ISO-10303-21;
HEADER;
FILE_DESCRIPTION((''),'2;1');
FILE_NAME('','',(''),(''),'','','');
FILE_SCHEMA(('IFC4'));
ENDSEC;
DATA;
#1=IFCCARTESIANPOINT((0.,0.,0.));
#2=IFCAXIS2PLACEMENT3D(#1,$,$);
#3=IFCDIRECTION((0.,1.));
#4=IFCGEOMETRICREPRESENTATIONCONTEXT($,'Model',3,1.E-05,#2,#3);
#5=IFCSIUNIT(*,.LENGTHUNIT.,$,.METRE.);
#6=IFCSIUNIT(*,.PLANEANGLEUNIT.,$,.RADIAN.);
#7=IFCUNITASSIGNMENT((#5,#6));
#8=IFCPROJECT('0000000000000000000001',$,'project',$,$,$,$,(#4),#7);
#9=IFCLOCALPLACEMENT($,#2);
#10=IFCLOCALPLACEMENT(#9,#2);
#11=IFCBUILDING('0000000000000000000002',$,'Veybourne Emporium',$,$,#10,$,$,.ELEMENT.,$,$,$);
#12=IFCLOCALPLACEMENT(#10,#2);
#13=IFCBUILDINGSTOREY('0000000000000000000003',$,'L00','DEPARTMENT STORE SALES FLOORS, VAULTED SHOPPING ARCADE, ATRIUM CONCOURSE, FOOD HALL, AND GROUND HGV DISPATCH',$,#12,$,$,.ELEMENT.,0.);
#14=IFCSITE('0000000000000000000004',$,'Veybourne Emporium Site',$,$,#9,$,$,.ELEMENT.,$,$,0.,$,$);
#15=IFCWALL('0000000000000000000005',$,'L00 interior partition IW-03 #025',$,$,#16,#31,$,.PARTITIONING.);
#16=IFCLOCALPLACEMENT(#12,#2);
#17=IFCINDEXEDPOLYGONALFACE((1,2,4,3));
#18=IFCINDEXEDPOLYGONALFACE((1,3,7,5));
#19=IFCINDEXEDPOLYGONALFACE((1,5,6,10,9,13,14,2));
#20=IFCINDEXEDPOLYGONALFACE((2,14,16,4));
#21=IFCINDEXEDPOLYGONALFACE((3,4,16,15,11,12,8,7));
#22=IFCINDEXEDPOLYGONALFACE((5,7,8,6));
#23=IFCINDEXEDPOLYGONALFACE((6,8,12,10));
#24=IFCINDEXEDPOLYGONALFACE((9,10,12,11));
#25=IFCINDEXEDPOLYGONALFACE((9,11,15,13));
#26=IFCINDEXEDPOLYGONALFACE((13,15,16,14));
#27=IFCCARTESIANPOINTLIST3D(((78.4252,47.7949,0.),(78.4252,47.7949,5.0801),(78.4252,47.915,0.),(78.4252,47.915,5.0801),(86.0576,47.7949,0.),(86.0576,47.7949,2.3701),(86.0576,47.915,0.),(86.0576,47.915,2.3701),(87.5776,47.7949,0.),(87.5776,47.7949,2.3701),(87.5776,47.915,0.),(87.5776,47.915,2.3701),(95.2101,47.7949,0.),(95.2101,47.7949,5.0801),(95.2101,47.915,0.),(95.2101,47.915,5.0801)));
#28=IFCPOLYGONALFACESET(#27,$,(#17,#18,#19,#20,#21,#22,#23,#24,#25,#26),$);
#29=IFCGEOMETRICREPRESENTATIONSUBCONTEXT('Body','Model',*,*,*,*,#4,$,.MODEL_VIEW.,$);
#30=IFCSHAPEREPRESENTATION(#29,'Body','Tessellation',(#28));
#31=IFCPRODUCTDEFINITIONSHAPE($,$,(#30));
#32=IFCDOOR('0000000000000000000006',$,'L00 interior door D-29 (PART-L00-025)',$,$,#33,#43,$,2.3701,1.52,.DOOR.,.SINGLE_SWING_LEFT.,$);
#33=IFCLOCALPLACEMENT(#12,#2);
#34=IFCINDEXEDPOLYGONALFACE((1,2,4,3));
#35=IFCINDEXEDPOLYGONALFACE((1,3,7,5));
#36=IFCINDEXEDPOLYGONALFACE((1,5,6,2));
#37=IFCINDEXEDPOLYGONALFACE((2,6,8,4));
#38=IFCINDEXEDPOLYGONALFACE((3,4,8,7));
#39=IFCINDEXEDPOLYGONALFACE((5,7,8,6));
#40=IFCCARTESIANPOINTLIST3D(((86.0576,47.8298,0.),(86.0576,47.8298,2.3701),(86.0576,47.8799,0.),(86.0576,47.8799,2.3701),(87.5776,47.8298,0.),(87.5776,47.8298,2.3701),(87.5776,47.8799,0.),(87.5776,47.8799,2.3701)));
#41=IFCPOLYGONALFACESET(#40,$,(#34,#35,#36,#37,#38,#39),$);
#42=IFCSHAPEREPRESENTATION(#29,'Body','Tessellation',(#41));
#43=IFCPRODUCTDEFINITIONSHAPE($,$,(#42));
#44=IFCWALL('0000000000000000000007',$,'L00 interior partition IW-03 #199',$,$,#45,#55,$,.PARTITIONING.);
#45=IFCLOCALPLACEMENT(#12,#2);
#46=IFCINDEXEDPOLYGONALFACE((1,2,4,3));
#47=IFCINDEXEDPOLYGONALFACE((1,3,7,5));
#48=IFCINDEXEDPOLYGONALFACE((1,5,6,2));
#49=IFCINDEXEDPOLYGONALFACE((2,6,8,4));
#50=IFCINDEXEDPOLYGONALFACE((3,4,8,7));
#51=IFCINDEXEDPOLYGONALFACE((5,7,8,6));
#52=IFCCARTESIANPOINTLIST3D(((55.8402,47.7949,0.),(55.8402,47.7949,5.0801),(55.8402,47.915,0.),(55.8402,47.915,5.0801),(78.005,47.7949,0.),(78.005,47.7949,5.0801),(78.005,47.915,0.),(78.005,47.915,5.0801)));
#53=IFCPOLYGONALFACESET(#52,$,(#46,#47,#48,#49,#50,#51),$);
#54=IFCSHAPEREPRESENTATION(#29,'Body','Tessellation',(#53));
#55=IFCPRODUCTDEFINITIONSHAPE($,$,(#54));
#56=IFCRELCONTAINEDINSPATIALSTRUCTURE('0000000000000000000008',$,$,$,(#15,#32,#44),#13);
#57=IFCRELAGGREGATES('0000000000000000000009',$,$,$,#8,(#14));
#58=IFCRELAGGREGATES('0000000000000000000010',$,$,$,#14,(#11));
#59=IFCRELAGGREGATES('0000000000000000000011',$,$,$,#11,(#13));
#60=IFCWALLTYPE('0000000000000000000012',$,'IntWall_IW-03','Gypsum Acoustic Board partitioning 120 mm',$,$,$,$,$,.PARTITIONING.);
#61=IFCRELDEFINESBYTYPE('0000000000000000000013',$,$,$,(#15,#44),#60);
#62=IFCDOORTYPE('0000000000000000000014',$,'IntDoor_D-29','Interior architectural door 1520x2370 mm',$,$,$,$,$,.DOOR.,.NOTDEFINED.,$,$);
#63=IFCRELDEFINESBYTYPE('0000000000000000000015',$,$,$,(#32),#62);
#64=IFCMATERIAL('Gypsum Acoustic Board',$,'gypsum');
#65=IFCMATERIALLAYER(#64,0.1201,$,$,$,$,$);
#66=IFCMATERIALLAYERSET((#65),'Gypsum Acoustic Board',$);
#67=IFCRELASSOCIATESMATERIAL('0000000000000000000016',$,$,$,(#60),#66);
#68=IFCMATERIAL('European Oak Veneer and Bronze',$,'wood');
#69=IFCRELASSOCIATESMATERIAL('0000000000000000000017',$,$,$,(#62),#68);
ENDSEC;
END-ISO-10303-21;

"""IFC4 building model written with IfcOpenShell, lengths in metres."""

from ifc_helpers import new_model, si_unit, direction, frame, frame_2d, origin, place, context, subcontext, project, spatial, rectangle, extrude, material, layer, layer_set, type_object, element, fill, save


model = new_model("IFC4")

# Units and contexts
model_context = context("Model", 3, precision=1e-05, world=origin(), true_north=direction((0.0, 1.0)))
body_context = subcontext(model_context, "Body", "Model", "MODEL_VIEW")
ifc_project = project(units=[si_unit("LENGTHUNIT", "METRE"), si_unit("PLANEANGLEUNIT", "RADIAN")], contexts=[model_context])

# Site, building, storey
site_placement = place(None, origin())
site = spatial("IfcSite", under=ifc_project, at=site_placement, Name="Veybourne Emporium Site", CompositionType="ELEMENT", RefElevation=0.0)
building_placement = place(site_placement, origin())
building = spatial("IfcBuilding", under=site, at=building_placement, Name="Veybourne Emporium", CompositionType="ELEMENT")
storey_placement = place(building_placement, origin())
storey = spatial("IfcBuildingStorey", under=building, at=storey_placement, Name="L00", Description="DEPARTMENT STORE SALES FLOORS, VAULTED SHOPPING ARCADE, ATRIUM CONCOURSE, FOOD HALL, AND GROUND HGV DISPATCH", CompositionType="ELEMENT", Elevation=0.0)

# Wall, opening, door
ifc_material_1 = material(Name="Gypsum Acoustic Board", Category="gypsum")
ifc_material_2 = material(Name="European Oak Veneer and Bronze", Category="wood")
ifc_layer_1 = layer(ifc_material_1, 0.1201)
ifc_layer_set_1 = layer_set([ifc_layer_1], Name="Gypsum Acoustic Board")
wall_type_1 = type_object("IfcWallType", Name="IntWall_IW-03", Description="Gypsum Acoustic Board partitioning 120 mm", PredefinedType="PARTITIONING", material=ifc_layer_set_1)
wall_1_placement = place(storey_placement, frame((78.425, 47.855, 0.0), z_axis=(0.0, 0.0, 1.0), x_axis=(1.0, 0.0, 0.0)))
wall_1 = element("IfcWall", 1, at=wall_1_placement, inside=storey, type_object=wall_type_1, Name="L00 interior partition IW-03 #025", PredefinedType="PARTITIONING", context=body_context, shape_type="SweptSolid", body=[
    extrude(rectangle(XDim=16.7849, YDim=0.1201, at=frame_2d((8.3926, 0.0))), origin(), (0.0, 0.0, 1.0), 5.0801),
])
opening_1_placement = place(wall_1_placement, frame((7.6326, 0.0, 0.0)))
opening_1 = element("IfcOpeningElement", 2, at=opening_1_placement, cuts=wall_1, PredefinedType="OPENING", context=body_context, shape_type="SweptSolid", body=[
    extrude(rectangle(XDim=1.52, YDim=2.3701, at=frame_2d((0.76, 1.1851))), frame((0.0, 0.0801, 0.0), z_axis=(0.0, -1.0, 0.0), x_axis=(1.0, 0.0, 0.0)), (0.0, 0.0, 1.0), 0.1602),
])
door_type_1 = type_object("IfcDoorType", Name="IntDoor_D-29", Description="Interior architectural door 1520x2370 mm", OperationType="NOTDEFINED", PredefinedType="DOOR", material=ifc_material_2)
door_1_placement = place(opening_1_placement, origin())
door_1 = element("IfcDoor", 3, at=door_1_placement, inside=storey, type_object=door_type_1, Name="L00 interior door D-29 (PART-L00-025)", OperationType="SINGLE_SWING_LEFT", OverallHeight=2.3701, OverallWidth=1.52, PredefinedType="DOOR", context=body_context, shape_type="SweptSolid", body=[
    extrude(rectangle(XDim=1.52, YDim=2.3701, at=frame_2d((0.76, 1.1851))), frame((0.0, 0.0249, 0.0), z_axis=(0.0, -1.0, 0.0), x_axis=(1.0, 0.0, 0.0)), (0.0, 0.0, 1.0), 0.05),
])
fill(opening_1, door_1)

# Wall
wall_2_placement = place(storey_placement, frame((55.8401, 47.855, 0.0), z_axis=(0.0, 0.0, 1.0), x_axis=(1.0, 0.0, 0.0)))
element("IfcWall", 4, at=wall_2_placement, inside=storey, type_object=wall_type_1, Name="L00 interior partition IW-03 #199", PredefinedType="PARTITIONING", context=body_context, shape_type="SweptSolid", body=[
    extrude(rectangle(XDim=22.1648, YDim=0.1201, at=frame_2d((11.0825, 0.0))), origin(), (0.0, 0.0, 1.0), 5.0801),
])

save(model, "model.ifc")
